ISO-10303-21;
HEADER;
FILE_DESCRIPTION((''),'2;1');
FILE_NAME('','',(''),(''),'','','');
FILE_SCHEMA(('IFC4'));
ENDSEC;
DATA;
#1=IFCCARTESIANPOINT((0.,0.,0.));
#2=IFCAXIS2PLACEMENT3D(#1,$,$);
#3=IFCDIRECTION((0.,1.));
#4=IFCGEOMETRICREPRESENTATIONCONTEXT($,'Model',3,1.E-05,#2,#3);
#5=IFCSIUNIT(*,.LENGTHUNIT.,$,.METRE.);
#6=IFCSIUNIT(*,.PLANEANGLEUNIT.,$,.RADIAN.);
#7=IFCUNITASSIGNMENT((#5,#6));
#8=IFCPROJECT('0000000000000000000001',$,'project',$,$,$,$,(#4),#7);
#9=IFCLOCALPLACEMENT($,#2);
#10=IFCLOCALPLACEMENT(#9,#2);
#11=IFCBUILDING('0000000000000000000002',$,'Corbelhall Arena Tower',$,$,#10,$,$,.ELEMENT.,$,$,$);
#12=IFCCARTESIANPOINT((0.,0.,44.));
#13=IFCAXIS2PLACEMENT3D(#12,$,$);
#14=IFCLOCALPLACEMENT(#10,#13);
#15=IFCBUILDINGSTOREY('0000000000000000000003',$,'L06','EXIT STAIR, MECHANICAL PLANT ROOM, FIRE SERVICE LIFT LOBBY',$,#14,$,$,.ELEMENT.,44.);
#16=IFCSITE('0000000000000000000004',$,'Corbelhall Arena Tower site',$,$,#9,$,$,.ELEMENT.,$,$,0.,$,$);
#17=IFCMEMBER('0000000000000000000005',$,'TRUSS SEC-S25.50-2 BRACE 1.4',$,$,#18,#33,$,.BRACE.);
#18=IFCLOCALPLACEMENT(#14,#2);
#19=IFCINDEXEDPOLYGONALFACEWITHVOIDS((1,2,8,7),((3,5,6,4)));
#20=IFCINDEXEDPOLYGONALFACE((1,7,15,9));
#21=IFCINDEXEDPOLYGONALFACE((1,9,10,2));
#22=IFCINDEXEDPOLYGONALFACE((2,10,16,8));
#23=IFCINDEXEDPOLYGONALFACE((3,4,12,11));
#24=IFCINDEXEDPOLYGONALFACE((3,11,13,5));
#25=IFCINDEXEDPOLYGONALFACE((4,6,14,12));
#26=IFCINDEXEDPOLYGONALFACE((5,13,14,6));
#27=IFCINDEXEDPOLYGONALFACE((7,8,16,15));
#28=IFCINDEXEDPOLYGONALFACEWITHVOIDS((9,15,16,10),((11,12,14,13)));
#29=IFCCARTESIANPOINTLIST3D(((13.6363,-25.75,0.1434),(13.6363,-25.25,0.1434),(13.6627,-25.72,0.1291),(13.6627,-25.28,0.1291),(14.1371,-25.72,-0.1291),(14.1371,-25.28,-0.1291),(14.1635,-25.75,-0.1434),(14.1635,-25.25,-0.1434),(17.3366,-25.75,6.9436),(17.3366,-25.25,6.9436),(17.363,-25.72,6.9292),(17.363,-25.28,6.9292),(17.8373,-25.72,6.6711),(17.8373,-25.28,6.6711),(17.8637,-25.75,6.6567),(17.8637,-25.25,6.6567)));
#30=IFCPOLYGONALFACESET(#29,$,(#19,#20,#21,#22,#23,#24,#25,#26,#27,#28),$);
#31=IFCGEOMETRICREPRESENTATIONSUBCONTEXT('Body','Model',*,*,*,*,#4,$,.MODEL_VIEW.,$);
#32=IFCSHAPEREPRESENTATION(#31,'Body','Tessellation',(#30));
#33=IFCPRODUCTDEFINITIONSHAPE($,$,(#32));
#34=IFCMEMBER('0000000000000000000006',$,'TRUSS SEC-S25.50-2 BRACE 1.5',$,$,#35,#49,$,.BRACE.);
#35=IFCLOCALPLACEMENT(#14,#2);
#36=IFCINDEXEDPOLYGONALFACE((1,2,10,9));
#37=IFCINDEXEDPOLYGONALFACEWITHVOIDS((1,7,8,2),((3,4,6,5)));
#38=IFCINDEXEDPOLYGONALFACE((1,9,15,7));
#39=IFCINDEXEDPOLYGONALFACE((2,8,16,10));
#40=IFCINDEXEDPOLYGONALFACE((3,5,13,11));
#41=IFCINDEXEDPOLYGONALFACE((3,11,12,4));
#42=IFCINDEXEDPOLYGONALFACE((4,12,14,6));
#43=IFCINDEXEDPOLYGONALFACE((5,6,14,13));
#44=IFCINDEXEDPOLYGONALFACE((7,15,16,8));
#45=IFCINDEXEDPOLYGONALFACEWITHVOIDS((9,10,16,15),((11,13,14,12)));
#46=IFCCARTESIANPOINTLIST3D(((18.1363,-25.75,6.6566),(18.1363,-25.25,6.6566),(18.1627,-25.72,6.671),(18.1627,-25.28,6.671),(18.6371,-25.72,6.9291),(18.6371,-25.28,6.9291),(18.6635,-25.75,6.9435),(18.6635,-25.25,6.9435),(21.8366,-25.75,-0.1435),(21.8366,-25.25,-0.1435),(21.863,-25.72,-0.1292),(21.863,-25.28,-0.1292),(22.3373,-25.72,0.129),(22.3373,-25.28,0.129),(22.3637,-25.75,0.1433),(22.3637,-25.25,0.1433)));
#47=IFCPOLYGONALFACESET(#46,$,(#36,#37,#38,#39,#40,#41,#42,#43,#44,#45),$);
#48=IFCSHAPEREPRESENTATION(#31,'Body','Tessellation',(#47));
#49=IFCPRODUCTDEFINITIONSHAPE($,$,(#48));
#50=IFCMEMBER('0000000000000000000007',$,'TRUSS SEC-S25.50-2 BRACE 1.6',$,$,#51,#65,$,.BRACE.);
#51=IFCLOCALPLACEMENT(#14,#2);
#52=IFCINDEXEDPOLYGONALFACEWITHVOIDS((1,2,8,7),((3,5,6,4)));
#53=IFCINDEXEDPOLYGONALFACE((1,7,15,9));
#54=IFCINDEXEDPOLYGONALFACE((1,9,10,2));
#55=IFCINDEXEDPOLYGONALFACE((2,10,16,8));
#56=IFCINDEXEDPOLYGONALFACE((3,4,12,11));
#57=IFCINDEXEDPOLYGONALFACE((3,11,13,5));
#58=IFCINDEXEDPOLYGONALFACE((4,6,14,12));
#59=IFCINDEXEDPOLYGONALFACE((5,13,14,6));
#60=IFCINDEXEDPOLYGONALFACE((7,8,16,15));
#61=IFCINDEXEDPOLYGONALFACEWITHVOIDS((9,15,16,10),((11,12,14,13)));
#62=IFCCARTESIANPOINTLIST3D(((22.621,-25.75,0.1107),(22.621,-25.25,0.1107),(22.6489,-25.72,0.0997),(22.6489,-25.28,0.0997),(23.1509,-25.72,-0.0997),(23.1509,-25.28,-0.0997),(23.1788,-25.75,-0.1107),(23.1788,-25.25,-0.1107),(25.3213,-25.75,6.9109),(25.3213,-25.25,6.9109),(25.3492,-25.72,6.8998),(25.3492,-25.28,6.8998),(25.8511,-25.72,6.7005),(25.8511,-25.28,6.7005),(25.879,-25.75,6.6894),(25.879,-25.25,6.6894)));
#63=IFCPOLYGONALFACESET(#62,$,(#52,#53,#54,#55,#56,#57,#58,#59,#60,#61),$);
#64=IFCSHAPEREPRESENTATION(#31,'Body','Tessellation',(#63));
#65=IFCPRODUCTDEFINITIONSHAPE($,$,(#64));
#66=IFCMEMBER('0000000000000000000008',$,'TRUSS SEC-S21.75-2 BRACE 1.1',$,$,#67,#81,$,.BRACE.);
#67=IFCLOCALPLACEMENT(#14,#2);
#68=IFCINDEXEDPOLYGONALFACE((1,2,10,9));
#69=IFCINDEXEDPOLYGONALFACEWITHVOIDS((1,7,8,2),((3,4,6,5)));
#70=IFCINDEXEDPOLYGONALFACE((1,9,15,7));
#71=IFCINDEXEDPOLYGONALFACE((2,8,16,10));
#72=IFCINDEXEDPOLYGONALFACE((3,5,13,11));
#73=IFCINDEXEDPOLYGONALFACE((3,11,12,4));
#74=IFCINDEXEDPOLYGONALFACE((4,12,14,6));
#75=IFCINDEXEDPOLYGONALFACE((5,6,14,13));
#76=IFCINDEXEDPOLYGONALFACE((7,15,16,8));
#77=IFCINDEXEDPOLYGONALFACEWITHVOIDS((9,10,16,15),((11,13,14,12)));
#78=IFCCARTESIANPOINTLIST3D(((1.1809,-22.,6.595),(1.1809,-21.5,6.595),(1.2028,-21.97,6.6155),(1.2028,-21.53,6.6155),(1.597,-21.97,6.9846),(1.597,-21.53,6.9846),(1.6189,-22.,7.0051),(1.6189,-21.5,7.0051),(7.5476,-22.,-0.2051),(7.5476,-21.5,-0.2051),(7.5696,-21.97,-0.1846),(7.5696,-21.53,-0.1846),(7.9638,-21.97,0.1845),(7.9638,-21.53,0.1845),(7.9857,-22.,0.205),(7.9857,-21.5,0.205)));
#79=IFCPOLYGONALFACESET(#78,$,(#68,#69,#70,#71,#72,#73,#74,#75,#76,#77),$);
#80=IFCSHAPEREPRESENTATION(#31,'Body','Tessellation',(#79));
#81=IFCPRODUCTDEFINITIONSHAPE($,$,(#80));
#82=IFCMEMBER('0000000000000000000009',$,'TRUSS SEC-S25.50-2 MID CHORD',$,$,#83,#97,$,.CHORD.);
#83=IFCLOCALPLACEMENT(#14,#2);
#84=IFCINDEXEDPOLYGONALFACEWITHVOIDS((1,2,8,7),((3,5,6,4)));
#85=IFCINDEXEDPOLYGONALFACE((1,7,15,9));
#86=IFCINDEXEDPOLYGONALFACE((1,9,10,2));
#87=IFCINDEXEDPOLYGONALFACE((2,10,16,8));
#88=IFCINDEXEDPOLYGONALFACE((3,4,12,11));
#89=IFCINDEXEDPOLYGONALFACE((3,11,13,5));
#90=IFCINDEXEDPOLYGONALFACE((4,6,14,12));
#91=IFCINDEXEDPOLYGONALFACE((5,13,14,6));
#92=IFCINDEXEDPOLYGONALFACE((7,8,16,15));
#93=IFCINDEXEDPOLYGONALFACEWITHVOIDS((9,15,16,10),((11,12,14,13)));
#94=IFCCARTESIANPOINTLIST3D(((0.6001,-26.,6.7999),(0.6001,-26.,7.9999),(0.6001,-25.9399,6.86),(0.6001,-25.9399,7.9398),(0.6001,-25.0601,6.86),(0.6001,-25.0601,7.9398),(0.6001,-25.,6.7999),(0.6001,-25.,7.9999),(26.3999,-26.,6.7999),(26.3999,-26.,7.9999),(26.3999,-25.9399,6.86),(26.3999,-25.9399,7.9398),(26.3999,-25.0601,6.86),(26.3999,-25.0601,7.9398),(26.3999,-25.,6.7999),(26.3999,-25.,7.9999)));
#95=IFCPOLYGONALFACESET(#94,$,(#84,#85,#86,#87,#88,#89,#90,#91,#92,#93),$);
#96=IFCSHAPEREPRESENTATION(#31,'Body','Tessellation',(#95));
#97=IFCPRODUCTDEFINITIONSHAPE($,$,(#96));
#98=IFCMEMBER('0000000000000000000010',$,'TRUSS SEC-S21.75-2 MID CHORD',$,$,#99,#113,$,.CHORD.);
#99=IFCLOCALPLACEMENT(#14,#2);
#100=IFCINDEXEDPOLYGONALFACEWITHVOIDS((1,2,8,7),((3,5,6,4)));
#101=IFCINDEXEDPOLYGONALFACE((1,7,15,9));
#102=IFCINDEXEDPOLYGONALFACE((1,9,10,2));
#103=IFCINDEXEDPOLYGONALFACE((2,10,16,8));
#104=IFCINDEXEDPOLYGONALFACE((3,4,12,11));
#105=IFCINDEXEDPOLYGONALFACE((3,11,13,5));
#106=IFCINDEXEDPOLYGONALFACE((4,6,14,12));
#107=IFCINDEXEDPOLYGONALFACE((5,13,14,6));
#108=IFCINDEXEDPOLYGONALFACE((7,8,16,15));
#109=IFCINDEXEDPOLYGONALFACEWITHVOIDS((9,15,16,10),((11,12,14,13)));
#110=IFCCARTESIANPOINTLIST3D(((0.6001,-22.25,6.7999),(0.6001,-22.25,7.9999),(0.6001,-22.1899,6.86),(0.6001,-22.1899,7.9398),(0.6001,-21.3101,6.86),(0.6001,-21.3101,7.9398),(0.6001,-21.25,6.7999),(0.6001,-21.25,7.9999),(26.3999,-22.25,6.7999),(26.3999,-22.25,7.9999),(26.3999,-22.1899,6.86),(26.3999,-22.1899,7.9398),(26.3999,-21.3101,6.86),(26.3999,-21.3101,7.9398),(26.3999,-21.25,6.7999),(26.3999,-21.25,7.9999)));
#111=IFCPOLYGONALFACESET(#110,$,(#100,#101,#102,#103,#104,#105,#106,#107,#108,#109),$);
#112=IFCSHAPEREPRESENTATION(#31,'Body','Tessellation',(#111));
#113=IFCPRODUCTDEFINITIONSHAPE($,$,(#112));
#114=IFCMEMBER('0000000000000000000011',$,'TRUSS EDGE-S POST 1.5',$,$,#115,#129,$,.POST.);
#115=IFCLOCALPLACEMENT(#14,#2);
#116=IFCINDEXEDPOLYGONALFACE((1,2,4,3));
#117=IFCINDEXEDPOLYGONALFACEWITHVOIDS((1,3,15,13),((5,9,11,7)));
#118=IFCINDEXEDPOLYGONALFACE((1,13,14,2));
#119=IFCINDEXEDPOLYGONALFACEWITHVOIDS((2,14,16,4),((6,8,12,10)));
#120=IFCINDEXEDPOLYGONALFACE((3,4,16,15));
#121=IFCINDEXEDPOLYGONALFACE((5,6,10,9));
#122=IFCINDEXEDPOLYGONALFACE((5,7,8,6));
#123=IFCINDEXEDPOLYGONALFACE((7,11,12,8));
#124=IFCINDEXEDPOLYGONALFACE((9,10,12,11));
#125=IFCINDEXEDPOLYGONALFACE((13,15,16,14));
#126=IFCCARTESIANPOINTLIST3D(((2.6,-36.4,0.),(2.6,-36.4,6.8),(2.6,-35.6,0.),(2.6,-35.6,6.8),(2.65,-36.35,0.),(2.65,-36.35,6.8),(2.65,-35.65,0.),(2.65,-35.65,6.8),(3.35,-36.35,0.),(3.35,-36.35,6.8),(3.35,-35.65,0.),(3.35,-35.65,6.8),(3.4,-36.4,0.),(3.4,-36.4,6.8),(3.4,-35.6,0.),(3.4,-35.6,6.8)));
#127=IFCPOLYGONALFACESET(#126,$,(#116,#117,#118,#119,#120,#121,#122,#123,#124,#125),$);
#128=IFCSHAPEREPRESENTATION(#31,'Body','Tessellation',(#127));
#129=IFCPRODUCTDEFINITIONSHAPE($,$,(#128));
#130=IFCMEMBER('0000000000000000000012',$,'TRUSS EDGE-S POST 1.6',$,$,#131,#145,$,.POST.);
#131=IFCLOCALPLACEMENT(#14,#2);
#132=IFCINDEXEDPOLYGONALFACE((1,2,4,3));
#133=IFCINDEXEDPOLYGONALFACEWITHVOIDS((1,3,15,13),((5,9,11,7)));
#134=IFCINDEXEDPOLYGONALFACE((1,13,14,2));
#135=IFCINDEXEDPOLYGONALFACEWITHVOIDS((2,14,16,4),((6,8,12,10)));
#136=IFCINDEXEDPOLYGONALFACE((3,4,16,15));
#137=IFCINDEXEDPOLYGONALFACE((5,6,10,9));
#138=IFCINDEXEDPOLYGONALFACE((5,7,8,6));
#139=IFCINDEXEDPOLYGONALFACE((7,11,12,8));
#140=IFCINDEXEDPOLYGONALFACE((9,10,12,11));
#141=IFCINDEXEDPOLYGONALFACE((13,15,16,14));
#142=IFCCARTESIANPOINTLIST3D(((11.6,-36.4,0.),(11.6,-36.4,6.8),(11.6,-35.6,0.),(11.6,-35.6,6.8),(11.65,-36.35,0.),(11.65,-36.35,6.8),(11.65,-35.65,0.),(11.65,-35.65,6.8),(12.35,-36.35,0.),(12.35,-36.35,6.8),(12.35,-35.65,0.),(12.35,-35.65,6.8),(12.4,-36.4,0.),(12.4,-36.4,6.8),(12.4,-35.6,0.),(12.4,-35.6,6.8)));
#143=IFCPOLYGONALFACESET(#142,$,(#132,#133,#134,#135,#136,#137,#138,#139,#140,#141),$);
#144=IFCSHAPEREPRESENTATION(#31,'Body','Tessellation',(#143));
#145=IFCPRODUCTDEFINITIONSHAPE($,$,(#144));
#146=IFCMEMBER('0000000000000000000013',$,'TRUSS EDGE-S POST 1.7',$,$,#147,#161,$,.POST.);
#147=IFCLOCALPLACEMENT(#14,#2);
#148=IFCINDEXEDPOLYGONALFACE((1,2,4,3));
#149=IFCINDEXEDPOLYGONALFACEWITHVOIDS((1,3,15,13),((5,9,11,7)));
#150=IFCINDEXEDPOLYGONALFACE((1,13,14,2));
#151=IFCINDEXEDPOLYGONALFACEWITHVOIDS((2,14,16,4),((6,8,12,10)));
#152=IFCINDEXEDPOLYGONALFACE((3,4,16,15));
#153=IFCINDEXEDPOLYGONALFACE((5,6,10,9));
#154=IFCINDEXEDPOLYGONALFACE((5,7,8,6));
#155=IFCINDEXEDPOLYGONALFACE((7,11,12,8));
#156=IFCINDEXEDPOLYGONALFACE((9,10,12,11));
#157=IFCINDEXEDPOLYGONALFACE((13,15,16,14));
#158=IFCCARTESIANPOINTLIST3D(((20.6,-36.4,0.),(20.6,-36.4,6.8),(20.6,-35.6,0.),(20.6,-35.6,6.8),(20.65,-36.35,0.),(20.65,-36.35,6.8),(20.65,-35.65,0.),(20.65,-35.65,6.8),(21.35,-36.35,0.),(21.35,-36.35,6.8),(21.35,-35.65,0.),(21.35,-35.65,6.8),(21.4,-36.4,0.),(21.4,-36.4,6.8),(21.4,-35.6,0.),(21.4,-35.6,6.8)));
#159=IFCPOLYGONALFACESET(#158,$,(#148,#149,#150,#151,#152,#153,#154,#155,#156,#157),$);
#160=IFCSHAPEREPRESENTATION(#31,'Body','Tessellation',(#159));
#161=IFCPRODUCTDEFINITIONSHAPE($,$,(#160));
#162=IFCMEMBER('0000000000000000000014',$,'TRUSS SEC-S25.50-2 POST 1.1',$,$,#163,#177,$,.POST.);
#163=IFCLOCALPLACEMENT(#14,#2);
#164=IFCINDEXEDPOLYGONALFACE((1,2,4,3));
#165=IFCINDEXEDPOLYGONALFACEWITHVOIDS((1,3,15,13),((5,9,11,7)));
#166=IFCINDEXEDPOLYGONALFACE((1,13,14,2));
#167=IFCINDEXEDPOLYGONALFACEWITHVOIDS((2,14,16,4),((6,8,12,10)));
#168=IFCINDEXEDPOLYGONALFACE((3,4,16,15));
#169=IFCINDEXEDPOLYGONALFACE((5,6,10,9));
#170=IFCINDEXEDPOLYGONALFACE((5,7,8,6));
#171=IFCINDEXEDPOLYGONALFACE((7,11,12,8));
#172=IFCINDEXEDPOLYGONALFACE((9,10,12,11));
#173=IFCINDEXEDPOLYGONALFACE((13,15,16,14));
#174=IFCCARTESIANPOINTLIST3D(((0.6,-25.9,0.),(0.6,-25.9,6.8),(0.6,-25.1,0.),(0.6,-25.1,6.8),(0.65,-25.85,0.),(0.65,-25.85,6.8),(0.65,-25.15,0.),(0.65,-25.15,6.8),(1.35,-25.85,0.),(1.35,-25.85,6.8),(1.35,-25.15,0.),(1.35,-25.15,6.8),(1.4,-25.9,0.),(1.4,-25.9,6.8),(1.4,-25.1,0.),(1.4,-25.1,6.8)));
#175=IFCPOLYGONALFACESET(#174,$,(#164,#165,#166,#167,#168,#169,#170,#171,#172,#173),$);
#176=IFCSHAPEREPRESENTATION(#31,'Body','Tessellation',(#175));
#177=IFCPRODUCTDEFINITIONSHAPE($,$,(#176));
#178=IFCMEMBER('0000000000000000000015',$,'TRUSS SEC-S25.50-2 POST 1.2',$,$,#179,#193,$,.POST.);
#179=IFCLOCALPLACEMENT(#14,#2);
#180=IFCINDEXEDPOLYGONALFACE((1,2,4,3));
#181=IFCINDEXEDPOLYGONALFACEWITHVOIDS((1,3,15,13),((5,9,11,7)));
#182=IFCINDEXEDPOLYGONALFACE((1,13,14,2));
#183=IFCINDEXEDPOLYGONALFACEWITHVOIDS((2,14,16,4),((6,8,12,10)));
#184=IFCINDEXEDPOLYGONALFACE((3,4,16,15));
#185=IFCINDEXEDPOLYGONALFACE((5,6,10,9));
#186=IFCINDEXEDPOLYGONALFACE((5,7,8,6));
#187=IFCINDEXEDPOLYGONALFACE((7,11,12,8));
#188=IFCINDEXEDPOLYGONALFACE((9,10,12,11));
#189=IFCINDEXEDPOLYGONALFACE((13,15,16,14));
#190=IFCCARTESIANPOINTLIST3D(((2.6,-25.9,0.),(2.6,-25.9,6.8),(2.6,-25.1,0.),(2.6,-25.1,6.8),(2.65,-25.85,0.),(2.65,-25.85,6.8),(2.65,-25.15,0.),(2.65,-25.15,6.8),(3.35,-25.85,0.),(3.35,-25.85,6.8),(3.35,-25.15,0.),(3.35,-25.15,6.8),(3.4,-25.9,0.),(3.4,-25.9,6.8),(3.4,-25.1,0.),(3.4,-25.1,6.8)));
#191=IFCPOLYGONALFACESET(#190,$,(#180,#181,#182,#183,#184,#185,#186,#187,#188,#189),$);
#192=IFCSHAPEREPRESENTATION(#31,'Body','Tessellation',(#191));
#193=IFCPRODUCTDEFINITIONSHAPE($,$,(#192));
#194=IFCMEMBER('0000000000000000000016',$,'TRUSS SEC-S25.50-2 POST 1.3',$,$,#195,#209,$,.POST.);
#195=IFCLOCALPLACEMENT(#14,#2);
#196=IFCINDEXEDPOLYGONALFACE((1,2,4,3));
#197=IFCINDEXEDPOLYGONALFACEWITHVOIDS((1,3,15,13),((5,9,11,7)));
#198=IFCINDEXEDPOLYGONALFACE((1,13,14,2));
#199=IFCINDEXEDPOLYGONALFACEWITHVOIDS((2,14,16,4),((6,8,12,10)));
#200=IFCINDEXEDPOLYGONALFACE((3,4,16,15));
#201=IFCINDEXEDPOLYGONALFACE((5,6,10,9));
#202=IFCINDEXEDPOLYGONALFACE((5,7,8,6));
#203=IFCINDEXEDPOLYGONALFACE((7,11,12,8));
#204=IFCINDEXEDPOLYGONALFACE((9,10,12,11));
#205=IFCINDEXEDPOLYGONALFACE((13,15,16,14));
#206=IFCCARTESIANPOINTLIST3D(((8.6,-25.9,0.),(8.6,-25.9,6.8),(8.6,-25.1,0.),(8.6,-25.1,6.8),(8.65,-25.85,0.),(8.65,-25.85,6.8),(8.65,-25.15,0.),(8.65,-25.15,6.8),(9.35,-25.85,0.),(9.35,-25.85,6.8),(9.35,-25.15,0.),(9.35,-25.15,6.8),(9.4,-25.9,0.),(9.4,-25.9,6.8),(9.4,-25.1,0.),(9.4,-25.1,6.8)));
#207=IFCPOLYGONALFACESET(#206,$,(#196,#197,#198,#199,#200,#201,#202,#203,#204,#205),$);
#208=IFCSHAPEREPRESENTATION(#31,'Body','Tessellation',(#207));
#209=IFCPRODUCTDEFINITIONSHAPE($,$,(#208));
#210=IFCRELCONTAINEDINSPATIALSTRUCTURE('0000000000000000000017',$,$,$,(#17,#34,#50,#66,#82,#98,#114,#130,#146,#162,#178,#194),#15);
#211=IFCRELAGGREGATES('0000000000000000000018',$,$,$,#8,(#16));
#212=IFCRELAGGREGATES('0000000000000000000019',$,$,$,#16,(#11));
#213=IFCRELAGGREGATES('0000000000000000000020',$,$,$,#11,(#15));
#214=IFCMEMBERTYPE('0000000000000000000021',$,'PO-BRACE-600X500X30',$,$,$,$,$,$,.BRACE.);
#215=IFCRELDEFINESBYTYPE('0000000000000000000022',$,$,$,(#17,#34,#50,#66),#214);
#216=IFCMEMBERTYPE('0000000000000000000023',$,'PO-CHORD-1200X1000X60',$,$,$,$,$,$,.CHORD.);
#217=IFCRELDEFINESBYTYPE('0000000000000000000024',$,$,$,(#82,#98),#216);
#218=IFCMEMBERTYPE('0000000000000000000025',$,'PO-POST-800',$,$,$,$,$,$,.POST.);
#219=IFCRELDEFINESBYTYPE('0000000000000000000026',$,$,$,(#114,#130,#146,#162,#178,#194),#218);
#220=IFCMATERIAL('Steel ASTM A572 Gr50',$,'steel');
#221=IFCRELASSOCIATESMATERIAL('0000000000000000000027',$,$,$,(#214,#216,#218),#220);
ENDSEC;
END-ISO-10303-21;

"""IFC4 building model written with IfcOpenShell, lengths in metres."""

from ifc_helpers import new_model, si_unit, direction, frame, origin, origin_2d, place, context, subcontext, project, spatial, hollow_rectangle, extrude, material, material_profile, profile_set, type_object, element, save


model = new_model("IFC4")

# Units and contexts
model_context = context("Model", 3, precision=1e-05, world=origin(), true_north=direction((0.0, 1.0)))
body_context = subcontext(model_context, "Body", "Model", "MODEL_VIEW")
ifc_project = project(units=[si_unit("LENGTHUNIT", "METRE"), si_unit("PLANEANGLEUNIT", "RADIAN")], contexts=[model_context])

# Site, building, storey
site_placement = place(None, origin())
site = spatial("IfcSite", under=ifc_project, at=site_placement, Name="Corbelhall Arena Tower site", CompositionType="ELEMENT", RefElevation=0.0)
building_placement = place(site_placement, origin())
building = spatial("IfcBuilding", under=site, at=building_placement, Name="Corbelhall Arena Tower", CompositionType="ELEMENT")
storey_placement = place(building_placement, frame((0.0, 0.0, 44.0)))
storey = spatial("IfcBuildingStorey", under=building, at=storey_placement, Name="L06", Description="EXIT STAIR, MECHANICAL PLANT ROOM, FIRE SERVICE LIFT LOBBY", CompositionType="ELEMENT", Elevation=44.0)

# Members
ifc_material_1 = material(Name="Steel ASTM A572 Gr50", Category="steel")
ifc_material_profile_1 = material_profile(ifc_material_1, hollow_rectangle(XDim=0.5, YDim=0.6001, WallThickness=0.03, at=origin_2d()))
ifc_profile_set_1 = profile_set([ifc_material_profile_1], Name="Steel ASTM A572 Gr50")
member_type_1 = type_object("IfcMemberType", Name="PO-BRACE-600X500X30", PredefinedType="BRACE", material=ifc_profile_set_1)
for number, where, z_axis, x_axis, name in (
    (1, (13.8999, -25.5, 0.0), (0.477964, 0.0, 0.87838), (0.0, 1.0, 0.0), "TRUSS SEC-S25.50-2 BRACE 1.4"),
    (2, (18.3999, -25.5, 6.8), (0.477964, 0.0, -0.87838), (0.0, 1.0, 0.0), "TRUSS SEC-S25.50-2 BRACE 1.5"),
):
    element("IfcMember", number, at=place(storey_placement, frame(where, z_axis=z_axis, x_axis=x_axis)), inside=storey, type_object=member_type_1, Name=name, PredefinedType="BRACE", context=body_context, shape_type="SweptSolid", body=[
        extrude(hollow_rectangle(XDim=0.5, YDim=0.6001, WallThickness=0.03, at=origin_2d()), origin(), (0.0, 0.0, 1.0), 7.7417),
    ])
member_1_placement = place(storey_placement, frame((22.8999, -25.5, 0.0), z_axis=(0.369054, 0.0, 0.929408), x_axis=(0.0, 1.0, 0.0)))
element("IfcMember", 3, at=member_1_placement, inside=storey, type_object=member_type_1, Name="TRUSS SEC-S25.50-2 BRACE 1.6", PredefinedType="BRACE", context=body_context, shape_type="SweptSolid", body=[
    extrude(hollow_rectangle(XDim=0.5, YDim=0.6001, WallThickness=0.03, at=origin_2d()), origin(), (0.0, 0.0, 1.0), 7.3167),
])
member_2_placement = place(storey_placement, frame((1.3999, -21.75, 6.8), z_axis=(0.683464, 0.0, -0.729984), x_axis=(0.0, 1.0, 0.0)))
element("IfcMember", 4, at=member_2_placement, inside=storey, type_object=member_type_1, Name="TRUSS SEC-S21.75-2 BRACE 1.1", PredefinedType="BRACE", context=body_context, shape_type="SweptSolid", body=[
    extrude(hollow_rectangle(XDim=0.5, YDim=0.6001, WallThickness=0.03, at=origin_2d()), origin(), (0.0, 0.0, 1.0), 9.3154),
])
ifc_material_profile_2 = material_profile(ifc_material_1, hollow_rectangle(XDim=1.0, YDim=1.2, WallThickness=0.0601, at=origin_2d()))
ifc_profile_set_2 = profile_set([ifc_material_profile_2], Name="Steel ASTM A572 Gr50")
member_type_2 = type_object("IfcMemberType", Name="PO-CHORD-1200X1000X60", PredefinedType="CHORD", material=ifc_profile_set_2)
for number, where, z_axis, x_axis, name in (
    (5, (0.6001, -25.5, 7.3999), (1.0, 0.0, 0.0), (0.0, 1.0, 0.0), "TRUSS SEC-S25.50-2 MID CHORD"),
    (6, (0.6001, -21.75, 7.3999), (1.0, 0.0, 0.0), (0.0, 1.0, 0.0), "TRUSS SEC-S21.75-2 MID CHORD"),
):
    element("IfcMember", number, at=place(storey_placement, frame(where, z_axis=z_axis, x_axis=x_axis)), inside=storey, type_object=member_type_2, Name=name, PredefinedType="CHORD", context=body_context, shape_type="SweptSolid", body=[
        extrude(hollow_rectangle(XDim=1.0, YDim=1.2, WallThickness=0.0601, at=origin_2d()), origin(), (0.0, 0.0, 1.0), 25.7998),
    ])
ifc_material_profile_3 = material_profile(ifc_material_1, hollow_rectangle(XDim=0.8, YDim=0.8, WallThickness=0.05, at=origin_2d()))
ifc_profile_set_3 = profile_set([ifc_material_profile_3], Name="Steel ASTM A572 Gr50")
member_type_3 = type_object("IfcMemberType", Name="PO-POST-800", PredefinedType="POST", material=ifc_profile_set_3)
for number, where, z_axis, x_axis, name in (
    (7, (3.0, -36.0, 0.0), (0.0, 0.0, 1.0), (1.0, 0.0, 0.0), "TRUSS EDGE-S POST 1.5"),
    (8, (12.0, -36.0, 0.0), (0.0, 0.0, 1.0), (1.0, 0.0, 0.0), "TRUSS EDGE-S POST 1.6"),
    (9, (21.0, -36.0, 0.0), (0.0, 0.0, 1.0), (1.0, 0.0, 0.0), "TRUSS EDGE-S POST 1.7"),
    (10, (1.0, -25.5, 0.0), (0.0, 0.0, 1.0), (1.0, 0.0, 0.0), "TRUSS SEC-S25.50-2 POST 1.1"),
    (11, (3.0, -25.5, 0.0), (0.0, 0.0, 1.0), (1.0, 0.0, 0.0), "TRUSS SEC-S25.50-2 POST 1.2"),
    (12, (9.0, -25.5, 0.0), (0.0, 0.0, 1.0), (1.0, 0.0, 0.0), "TRUSS SEC-S25.50-2 POST 1.3"),
):
    element("IfcMember", number, at=place(storey_placement, frame(where, z_axis=z_axis, x_axis=x_axis)), inside=storey, type_object=member_type_3, Name=name, PredefinedType="POST", context=body_context, shape_type="SweptSolid", body=[
        extrude(hollow_rectangle(XDim=0.8, YDim=0.8, WallThickness=0.05, at=origin_2d()), origin(), (0.0, 0.0, 1.0), 6.8),
    ])

save(model, "model.ifc")
